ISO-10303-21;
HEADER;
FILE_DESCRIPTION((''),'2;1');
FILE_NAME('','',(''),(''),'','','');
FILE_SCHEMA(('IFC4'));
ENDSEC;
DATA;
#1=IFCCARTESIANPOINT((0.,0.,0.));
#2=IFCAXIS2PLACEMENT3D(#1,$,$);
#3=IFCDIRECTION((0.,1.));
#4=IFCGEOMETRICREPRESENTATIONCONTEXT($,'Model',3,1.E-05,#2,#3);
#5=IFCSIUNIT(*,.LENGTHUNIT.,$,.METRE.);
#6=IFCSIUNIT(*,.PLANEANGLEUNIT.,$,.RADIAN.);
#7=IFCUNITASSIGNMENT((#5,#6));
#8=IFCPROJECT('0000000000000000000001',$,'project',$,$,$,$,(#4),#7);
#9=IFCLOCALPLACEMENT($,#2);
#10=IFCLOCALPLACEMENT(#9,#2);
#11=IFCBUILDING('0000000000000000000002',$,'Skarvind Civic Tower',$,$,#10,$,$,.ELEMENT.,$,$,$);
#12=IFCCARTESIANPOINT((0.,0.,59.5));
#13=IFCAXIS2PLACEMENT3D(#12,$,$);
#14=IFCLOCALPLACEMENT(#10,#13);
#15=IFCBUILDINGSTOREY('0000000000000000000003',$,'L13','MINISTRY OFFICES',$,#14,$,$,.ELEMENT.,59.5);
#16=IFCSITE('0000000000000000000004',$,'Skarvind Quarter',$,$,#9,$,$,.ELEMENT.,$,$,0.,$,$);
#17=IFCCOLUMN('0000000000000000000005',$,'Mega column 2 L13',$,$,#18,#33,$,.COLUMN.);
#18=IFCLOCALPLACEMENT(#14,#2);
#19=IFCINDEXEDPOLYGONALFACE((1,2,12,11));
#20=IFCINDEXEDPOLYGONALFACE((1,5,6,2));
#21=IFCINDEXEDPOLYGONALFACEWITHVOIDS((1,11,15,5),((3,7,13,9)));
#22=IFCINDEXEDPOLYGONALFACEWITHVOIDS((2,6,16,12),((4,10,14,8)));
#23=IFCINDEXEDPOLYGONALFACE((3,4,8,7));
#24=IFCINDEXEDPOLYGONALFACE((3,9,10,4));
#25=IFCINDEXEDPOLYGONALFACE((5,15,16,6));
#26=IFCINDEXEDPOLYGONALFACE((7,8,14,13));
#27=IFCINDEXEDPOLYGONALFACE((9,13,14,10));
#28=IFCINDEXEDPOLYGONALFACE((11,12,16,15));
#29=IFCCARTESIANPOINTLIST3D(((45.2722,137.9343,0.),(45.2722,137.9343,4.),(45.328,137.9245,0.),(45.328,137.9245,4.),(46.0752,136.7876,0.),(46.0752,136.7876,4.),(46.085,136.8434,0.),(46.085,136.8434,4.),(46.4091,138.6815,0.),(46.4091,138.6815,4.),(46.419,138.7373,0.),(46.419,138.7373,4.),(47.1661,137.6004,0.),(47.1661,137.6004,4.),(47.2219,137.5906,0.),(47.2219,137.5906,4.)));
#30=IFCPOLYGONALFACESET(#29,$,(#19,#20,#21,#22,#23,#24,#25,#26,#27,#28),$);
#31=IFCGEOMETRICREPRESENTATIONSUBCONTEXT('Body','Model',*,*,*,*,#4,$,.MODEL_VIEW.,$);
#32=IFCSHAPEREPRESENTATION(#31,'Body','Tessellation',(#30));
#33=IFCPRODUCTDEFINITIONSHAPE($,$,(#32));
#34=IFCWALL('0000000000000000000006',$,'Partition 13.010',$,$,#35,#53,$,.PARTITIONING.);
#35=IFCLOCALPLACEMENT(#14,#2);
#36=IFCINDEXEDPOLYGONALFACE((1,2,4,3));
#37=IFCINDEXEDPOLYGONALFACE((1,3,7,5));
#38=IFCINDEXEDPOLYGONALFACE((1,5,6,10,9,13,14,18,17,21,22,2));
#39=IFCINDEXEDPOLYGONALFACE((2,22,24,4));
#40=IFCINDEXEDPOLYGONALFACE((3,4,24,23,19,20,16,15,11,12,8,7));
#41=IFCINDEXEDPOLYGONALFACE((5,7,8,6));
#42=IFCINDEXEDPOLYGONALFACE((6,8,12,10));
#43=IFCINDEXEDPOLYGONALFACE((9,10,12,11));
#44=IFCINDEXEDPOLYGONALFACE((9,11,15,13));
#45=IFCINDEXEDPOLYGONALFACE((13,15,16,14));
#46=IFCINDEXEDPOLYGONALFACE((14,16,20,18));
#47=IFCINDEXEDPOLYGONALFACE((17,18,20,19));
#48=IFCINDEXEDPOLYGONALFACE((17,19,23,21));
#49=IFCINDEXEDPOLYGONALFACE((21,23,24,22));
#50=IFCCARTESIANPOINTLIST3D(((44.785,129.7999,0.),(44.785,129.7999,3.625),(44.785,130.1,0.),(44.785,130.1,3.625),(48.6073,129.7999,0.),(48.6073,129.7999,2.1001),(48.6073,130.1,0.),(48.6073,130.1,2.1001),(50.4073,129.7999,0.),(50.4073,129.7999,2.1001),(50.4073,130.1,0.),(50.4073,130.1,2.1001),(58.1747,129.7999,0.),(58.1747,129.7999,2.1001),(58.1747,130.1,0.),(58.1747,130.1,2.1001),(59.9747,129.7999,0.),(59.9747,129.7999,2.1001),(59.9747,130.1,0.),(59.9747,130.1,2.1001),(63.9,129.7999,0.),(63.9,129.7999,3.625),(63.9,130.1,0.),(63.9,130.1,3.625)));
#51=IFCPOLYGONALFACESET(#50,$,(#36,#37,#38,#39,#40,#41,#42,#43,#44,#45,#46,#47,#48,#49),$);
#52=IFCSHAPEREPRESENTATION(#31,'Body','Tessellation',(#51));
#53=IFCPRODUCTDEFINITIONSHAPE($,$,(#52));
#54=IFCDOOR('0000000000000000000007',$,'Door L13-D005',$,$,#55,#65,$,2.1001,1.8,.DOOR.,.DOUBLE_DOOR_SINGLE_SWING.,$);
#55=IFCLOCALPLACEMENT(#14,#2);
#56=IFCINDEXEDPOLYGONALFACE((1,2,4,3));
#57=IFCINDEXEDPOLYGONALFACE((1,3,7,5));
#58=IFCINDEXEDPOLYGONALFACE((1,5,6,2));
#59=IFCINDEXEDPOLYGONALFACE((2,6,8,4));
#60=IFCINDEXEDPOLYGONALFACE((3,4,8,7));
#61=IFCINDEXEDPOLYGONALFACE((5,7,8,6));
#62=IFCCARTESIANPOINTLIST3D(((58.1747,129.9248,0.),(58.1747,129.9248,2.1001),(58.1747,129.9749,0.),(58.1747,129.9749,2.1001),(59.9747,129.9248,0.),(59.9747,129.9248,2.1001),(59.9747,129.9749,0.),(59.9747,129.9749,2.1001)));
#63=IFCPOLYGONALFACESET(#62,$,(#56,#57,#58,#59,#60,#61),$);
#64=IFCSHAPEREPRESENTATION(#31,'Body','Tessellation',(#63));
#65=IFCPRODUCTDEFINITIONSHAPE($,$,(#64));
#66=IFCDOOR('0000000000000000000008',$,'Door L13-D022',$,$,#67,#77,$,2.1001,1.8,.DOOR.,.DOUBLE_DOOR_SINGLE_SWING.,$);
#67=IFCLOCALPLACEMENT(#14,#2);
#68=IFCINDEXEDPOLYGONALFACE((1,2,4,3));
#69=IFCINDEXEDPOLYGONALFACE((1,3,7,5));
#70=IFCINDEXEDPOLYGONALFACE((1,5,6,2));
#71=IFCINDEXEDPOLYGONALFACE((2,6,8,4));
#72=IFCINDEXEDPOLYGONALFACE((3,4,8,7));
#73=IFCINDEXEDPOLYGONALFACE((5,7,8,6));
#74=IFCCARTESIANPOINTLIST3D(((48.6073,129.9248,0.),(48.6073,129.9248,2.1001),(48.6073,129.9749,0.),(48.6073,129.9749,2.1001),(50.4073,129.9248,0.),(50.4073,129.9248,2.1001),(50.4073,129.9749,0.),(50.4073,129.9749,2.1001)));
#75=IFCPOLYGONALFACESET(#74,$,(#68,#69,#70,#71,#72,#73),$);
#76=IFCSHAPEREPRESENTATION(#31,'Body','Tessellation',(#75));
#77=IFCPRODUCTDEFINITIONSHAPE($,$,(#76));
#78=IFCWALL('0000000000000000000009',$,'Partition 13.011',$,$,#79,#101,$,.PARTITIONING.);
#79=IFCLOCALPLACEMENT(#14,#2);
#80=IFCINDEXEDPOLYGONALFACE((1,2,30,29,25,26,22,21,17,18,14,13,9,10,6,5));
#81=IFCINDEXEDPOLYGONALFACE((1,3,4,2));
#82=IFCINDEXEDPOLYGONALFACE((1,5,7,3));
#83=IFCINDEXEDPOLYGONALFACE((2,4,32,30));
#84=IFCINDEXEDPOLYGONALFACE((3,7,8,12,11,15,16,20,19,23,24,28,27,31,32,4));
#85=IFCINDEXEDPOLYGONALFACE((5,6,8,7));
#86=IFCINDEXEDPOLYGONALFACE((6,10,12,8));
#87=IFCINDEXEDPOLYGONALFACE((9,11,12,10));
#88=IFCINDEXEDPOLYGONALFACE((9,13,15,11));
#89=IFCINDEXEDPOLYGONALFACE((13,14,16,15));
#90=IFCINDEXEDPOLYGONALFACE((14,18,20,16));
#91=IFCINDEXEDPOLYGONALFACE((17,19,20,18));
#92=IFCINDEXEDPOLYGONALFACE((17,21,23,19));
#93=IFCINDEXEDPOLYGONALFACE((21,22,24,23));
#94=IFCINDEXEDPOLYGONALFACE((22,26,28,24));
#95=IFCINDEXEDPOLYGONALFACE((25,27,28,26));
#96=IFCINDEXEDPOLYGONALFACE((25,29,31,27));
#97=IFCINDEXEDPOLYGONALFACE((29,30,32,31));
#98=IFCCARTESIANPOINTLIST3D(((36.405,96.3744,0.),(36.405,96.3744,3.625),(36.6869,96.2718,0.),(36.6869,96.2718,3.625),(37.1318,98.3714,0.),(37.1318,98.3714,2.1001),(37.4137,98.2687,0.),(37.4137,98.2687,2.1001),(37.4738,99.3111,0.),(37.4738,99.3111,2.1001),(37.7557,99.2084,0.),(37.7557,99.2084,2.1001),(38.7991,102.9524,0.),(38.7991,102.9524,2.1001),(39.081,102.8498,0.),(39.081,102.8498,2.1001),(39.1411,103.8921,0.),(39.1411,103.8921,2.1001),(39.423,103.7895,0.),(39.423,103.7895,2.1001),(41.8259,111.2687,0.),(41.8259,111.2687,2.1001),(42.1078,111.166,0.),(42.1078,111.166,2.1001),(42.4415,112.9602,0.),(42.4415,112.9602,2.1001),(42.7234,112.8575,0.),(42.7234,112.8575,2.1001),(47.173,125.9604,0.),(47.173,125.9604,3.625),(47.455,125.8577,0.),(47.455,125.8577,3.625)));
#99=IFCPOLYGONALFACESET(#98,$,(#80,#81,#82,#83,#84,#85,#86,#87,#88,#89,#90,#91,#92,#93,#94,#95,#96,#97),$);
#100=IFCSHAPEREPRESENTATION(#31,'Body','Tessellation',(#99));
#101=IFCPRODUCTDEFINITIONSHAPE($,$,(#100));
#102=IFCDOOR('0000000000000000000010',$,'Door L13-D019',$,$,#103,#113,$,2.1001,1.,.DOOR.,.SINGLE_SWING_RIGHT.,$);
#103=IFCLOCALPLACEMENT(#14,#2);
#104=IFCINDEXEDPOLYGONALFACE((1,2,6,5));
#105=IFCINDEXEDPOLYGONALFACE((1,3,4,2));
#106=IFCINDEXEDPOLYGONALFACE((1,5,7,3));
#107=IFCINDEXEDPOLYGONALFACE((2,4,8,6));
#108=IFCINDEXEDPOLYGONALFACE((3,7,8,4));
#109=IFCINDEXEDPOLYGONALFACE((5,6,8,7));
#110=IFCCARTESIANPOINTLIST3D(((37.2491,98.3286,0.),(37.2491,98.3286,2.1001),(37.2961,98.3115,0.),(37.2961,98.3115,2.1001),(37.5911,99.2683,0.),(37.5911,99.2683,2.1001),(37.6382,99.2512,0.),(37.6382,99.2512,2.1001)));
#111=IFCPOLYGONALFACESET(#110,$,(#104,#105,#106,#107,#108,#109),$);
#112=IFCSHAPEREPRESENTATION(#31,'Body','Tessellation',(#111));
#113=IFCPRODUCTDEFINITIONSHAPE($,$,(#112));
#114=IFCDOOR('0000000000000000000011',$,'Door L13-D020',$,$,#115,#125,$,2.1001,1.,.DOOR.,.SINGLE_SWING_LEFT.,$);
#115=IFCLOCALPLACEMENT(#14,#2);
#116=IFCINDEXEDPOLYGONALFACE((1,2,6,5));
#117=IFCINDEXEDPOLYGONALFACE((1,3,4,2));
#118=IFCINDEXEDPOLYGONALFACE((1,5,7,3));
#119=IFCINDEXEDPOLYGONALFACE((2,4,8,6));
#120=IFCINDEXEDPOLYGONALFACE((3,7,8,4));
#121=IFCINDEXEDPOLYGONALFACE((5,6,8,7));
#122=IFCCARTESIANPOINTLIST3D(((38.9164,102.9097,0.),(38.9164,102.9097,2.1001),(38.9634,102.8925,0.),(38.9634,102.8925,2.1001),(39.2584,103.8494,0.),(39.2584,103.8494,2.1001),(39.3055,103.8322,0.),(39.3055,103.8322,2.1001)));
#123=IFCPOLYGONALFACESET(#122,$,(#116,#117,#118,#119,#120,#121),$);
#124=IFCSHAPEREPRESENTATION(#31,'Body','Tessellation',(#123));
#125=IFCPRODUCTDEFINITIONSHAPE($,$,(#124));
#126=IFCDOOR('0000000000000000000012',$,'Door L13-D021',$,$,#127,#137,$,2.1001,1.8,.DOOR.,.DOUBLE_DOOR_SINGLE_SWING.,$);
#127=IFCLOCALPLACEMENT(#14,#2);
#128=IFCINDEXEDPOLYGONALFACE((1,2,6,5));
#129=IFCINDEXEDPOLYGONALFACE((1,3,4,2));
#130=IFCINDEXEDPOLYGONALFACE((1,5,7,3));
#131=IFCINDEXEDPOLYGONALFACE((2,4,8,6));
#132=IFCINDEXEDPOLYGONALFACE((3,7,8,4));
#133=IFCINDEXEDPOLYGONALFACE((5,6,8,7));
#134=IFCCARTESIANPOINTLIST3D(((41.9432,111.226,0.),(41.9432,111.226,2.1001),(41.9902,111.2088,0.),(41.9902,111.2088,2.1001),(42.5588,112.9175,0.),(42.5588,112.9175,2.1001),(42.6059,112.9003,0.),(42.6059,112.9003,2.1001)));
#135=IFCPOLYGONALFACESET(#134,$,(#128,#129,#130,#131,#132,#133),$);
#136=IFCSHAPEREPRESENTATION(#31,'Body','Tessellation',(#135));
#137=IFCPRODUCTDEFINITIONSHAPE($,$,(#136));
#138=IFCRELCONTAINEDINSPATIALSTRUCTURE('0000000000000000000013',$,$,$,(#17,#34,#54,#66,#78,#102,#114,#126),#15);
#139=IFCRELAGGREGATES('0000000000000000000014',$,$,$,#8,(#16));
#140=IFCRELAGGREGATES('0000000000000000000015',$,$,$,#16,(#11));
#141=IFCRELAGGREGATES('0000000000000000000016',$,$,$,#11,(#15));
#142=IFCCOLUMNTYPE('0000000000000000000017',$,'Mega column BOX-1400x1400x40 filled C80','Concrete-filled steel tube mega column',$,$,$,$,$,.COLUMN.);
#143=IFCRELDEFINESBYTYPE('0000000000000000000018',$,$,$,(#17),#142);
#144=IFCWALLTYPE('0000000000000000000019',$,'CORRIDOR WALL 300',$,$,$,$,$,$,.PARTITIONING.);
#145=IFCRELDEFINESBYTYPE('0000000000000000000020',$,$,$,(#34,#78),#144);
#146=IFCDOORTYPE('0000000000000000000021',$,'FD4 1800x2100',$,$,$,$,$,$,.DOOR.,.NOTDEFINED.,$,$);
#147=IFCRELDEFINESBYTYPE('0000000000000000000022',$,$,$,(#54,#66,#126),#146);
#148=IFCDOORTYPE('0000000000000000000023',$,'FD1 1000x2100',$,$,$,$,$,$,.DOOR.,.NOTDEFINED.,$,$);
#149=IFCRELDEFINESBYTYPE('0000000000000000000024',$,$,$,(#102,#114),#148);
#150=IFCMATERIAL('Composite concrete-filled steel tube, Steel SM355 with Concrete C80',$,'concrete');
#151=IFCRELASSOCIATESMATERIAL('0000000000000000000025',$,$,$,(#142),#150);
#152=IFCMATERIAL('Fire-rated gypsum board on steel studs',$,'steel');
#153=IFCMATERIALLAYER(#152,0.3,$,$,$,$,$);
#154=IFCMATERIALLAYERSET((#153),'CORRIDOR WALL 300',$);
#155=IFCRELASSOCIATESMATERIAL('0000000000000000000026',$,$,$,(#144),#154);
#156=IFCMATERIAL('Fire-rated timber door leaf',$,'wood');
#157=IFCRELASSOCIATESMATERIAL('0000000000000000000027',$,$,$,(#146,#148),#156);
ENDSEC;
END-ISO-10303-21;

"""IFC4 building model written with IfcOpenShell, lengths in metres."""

from ifc_helpers import new_model, si_unit, direction, frame, frame_2d, origin, origin_2d, place, context, subcontext, project, spatial, rectangle, hollow_rectangle, extrude, material, layer, layer_set, material_profile, profile_set, type_object, element, fill, save


model = new_model("IFC4")

# Units and contexts
model_context = context("Model", 3, precision=1e-05, world=origin(), true_north=direction((0.0, 1.0)))
body_context = subcontext(model_context, "Body", "Model", "MODEL_VIEW")
ifc_project = project(units=[si_unit("LENGTHUNIT", "METRE"), si_unit("PLANEANGLEUNIT", "RADIAN")], contexts=[model_context])

# Site, building, storey
site_placement = place(None, origin())
site = spatial("IfcSite", under=ifc_project, at=site_placement, Name="Skarvind Quarter", CompositionType="ELEMENT", RefElevation=0.0)
building_placement = place(site_placement, origin())
building = spatial("IfcBuilding", under=site, at=building_placement, Name="Skarvind Civic Tower", CompositionType="ELEMENT")
storey_placement = place(building_placement, frame((0.0, 0.0, 59.5)))
storey = spatial("IfcBuildingStorey", under=building, at=storey_placement, Name="L13", Description="MINISTRY OFFICES", CompositionType="ELEMENT", Elevation=59.5)

# Column
ifc_material_1 = material(Name="Composite concrete-filled steel tube, Steel SM355 with Concrete C80", Category="concrete")
ifc_material_profile = material_profile(ifc_material_1, hollow_rectangle(XDim=1.3999, YDim=1.3999, WallThickness=0.04, at=origin_2d()), Name="BOX-1400x1400x40")
ifc_profile_set = profile_set([ifc_material_profile], Name="Composite concrete-filled steel tube, Steel SM355 with Concrete C80")
column_type = type_object("IfcColumnType", Name="Mega column BOX-1400x1400x40 filled C80", Description="Concrete-filled steel tube mega column", PredefinedType="COLUMN", material=ifc_profile_set)
column_placement = place(storey_placement, frame((46.2471, 137.7625, 0.0), z_axis=(0.0, 0.0, 1.0), x_axis=(0.573576, -0.819152, 0.0)))
element("IfcColumn", 1, at=column_placement, inside=storey, type_object=column_type, Name="Mega column 2 L13", PredefinedType="COLUMN", context=body_context, shape_type="SweptSolid", body=[
    extrude(hollow_rectangle(XDim=1.3999, YDim=1.3999, WallThickness=0.04, at=origin_2d()), origin(), (0.0, 0.0, 1.0), 4.0),
])

# Walls, openings, doors
ifc_material_2 = material(Name="Fire-rated gypsum board on steel studs", Category="steel")
ifc_layer_1 = layer(ifc_material_2, 0.3)
ifc_layer_set_1 = layer_set([ifc_layer_1], Name="CORRIDOR WALL 300")
wall_type_1 = type_object("IfcWallType", Name="CORRIDOR WALL 300", PredefinedType="PARTITIONING", material=ifc_layer_set_1)
wall_1_placement = place(storey_placement, frame((44.7849, 129.95, 0.0), z_axis=(0.0, 0.0, 1.0), x_axis=(1.0, 0.0, 0.0)))
wall_1 = element("IfcWall", 2, at=wall_1_placement, inside=storey, type_object=wall_type_1, Name="Partition 13.010", PredefinedType="PARTITIONING", context=body_context, shape_type="SweptSolid", body=[
    extrude(rectangle(XDim=19.115, YDim=0.3, at=frame_2d((9.5576, 0.0))), origin(), (0.0, 0.0, 1.0), 3.625),
])
opening_1_placement = place(wall_1_placement, frame((13.3899, 0.0, 0.0)))
opening_1 = element("IfcOpeningElement", 3, at=opening_1_placement, cuts=wall_1, PredefinedType="OPENING", context=body_context, shape_type="SweptSolid", body=[
    extrude(rectangle(XDim=1.8, YDim=2.1001, at=frame_2d((0.8999, 1.05))), frame((0.0, 0.1599, 0.0), z_axis=(0.0, -1.0, 0.0), x_axis=(1.0, 0.0, 0.0)), (0.0, 0.0, 1.0), 0.3201),
])
opening_2_placement = place(wall_1_placement, frame((3.8225, 0.0, 0.0)))
opening_2 = element("IfcOpeningElement", 4, at=opening_2_placement, cuts=wall_1, PredefinedType="OPENING", context=body_context, shape_type="SweptSolid", body=[
    extrude(rectangle(XDim=1.8, YDim=2.1001, at=frame_2d((0.8999, 1.05))), frame((0.0, 0.1599, 0.0), z_axis=(0.0, -1.0, 0.0), x_axis=(1.0, 0.0, 0.0)), (0.0, 0.0, 1.0), 0.3201),
])
ifc_material_3 = material(Name="Fire-rated timber door leaf", Category="wood")
door_type_1 = type_object("IfcDoorType", Name="FD4 1800x2100", OperationType="NOTDEFINED", PredefinedType="DOOR", material=ifc_material_3)
door_1_placement = place(opening_1_placement, origin())
door_1 = element("IfcDoor", 5, at=door_1_placement, inside=storey, type_object=door_type_1, Name="Door L13-D005", OperationType="DOUBLE_DOOR_SINGLE_SWING", OverallHeight=2.1001, OverallWidth=1.8, PredefinedType="DOOR", context=body_context, shape_type="SweptSolid", body=[
    extrude(rectangle(XDim=1.8, YDim=2.1001, at=frame_2d((0.8999, 1.05))), frame((0.0, 0.0249, 0.0), z_axis=(0.0, -1.0, 0.0), x_axis=(1.0, 0.0, 0.0)), (0.0, 0.0, 1.0), 0.05),
])
fill(opening_1, door_1)
door_2_placement = place(opening_2_placement, origin())
door_2 = element("IfcDoor", 6, at=door_2_placement, inside=storey, type_object=door_type_1, Name="Door L13-D022", OperationType="DOUBLE_DOOR_SINGLE_SWING", OverallHeight=2.1001, OverallWidth=1.8, PredefinedType="DOOR", context=body_context, shape_type="SweptSolid", body=[
    extrude(rectangle(XDim=1.8, YDim=2.1001, at=frame_2d((0.8999, 1.05))), frame((0.0, 0.0249, 0.0), z_axis=(0.0, -1.0, 0.0), x_axis=(1.0, 0.0, 0.0)), (0.0, 0.0, 1.0), 0.05),
])
fill(opening_2, door_2)
wall_2_placement = place(storey_placement, frame((47.314, 125.9089, 0.0), z_axis=(0.0, 0.0, 1.0), x_axis=(-0.342011, -0.939696, 0.0)))
wall_2 = element("IfcWall", 7, at=wall_2_placement, inside=storey, type_object=wall_type_1, Name="Partition 13.011", PredefinedType="PARTITIONING", context=body_context, shape_type="SweptSolid", body=[
    extrude(rectangle(XDim=31.4846, YDim=0.3, at=frame_2d((15.7422, 0.0))), origin(), (0.0, 0.0, 1.0), 3.625),
])
opening_3_placement = place(wall_2_placement, frame((28.3594, 0.0, 0.0)))
opening_3 = element("IfcOpeningElement", 8, at=opening_3_placement, cuts=wall_2, PredefinedType="OPENING", context=body_context, shape_type="SweptSolid", body=[
    extrude(rectangle(XDim=1.0, YDim=2.1001, at=frame_2d((0.5, 1.05))), frame((0.0, 0.1599, 0.0), z_axis=(0.0, -1.0, 0.0), x_axis=(1.0, 0.0, 0.0)), (0.0, 0.0, 1.0), 0.3201),
])
opening_4_placement = place(wall_2_placement, frame((23.4844, 0.0, 0.0)))
opening_4 = element("IfcOpeningElement", 9, at=opening_4_placement, cuts=wall_2, PredefinedType="OPENING", context=body_context, shape_type="SweptSolid", body=[
    extrude(rectangle(XDim=1.0, YDim=2.1001, at=frame_2d((0.5, 1.05))), frame((0.0, 0.1599, 0.0), z_axis=(0.0, -1.0, 0.0), x_axis=(1.0, 0.0, 0.0)), (0.0, 0.0, 1.0), 0.3201),
])
opening_5_placement = place(wall_2_placement, frame((13.8345, 0.0, 0.0)))
opening_5 = element("IfcOpeningElement", 10, at=opening_5_placement, cuts=wall_2, PredefinedType="OPENING", context=body_context, shape_type="SweptSolid", body=[
    extrude(rectangle(XDim=1.8, YDim=2.1001, at=frame_2d((0.8999, 1.05))), frame((0.0, 0.1599, 0.0), z_axis=(0.0, -1.0, 0.0), x_axis=(1.0, 0.0, 0.0)), (0.0, 0.0, 1.0), 0.3201),
])
door_type_2 = type_object("IfcDoorType", Name="FD1 1000x2100", OperationType="NOTDEFINED", PredefinedType="DOOR", material=ifc_material_3)
door_3_placement = place(opening_3_placement, origin())
door_3 = element("IfcDoor", 11, at=door_3_placement, inside=storey, type_object=door_type_2, Name="Door L13-D019", OperationType="SINGLE_SWING_RIGHT", OverallHeight=2.1001, OverallWidth=1.0, PredefinedType="DOOR", context=body_context, shape_type="SweptSolid", body=[
    extrude(rectangle(XDim=1.0, YDim=2.1001, at=frame_2d((0.5, 1.05))), frame((0.0, 0.0249, 0.0), z_axis=(0.0, -1.0, 0.0), x_axis=(1.0, 0.0, 0.0)), (0.0, 0.0, 1.0), 0.05),
])
fill(opening_3, door_3)
door_4_placement = place(opening_4_placement, origin())
door_4 = element("IfcDoor", 12, at=door_4_placement, inside=storey, type_object=door_type_2, Name="Door L13-D020", OperationType="SINGLE_SWING_LEFT", OverallHeight=2.1001, OverallWidth=1.0, PredefinedType="DOOR", context=body_context, shape_type="SweptSolid", body=[
    extrude(rectangle(XDim=1.0, YDim=2.1001, at=frame_2d((0.5, 1.05))), frame((0.0, 0.0249, 0.0), z_axis=(0.0, -1.0, 0.0), x_axis=(1.0, 0.0, 0.0)), (0.0, 0.0, 1.0), 0.05),
])
fill(opening_4, door_4)
door_5_placement = place(opening_5_placement, origin())
door_5 = element("IfcDoor", 13, at=door_5_placement, inside=storey, type_object=door_type_1, Name="Door L13-D021", OperationType="DOUBLE_DOOR_SINGLE_SWING", OverallHeight=2.1001, OverallWidth=1.8, PredefinedType="DOOR", context=body_context, shape_type="SweptSolid", body=[
    extrude(rectangle(XDim=1.8, YDim=2.1001, at=frame_2d((0.8999, 1.05))), frame((0.0, 0.0249, 0.0), z_axis=(0.0, -1.0, 0.0), x_axis=(1.0, 0.0, 0.0)), (0.0, 0.0, 1.0), 0.05),
])
fill(opening_5, door_5)

save(model, "model.ifc")
